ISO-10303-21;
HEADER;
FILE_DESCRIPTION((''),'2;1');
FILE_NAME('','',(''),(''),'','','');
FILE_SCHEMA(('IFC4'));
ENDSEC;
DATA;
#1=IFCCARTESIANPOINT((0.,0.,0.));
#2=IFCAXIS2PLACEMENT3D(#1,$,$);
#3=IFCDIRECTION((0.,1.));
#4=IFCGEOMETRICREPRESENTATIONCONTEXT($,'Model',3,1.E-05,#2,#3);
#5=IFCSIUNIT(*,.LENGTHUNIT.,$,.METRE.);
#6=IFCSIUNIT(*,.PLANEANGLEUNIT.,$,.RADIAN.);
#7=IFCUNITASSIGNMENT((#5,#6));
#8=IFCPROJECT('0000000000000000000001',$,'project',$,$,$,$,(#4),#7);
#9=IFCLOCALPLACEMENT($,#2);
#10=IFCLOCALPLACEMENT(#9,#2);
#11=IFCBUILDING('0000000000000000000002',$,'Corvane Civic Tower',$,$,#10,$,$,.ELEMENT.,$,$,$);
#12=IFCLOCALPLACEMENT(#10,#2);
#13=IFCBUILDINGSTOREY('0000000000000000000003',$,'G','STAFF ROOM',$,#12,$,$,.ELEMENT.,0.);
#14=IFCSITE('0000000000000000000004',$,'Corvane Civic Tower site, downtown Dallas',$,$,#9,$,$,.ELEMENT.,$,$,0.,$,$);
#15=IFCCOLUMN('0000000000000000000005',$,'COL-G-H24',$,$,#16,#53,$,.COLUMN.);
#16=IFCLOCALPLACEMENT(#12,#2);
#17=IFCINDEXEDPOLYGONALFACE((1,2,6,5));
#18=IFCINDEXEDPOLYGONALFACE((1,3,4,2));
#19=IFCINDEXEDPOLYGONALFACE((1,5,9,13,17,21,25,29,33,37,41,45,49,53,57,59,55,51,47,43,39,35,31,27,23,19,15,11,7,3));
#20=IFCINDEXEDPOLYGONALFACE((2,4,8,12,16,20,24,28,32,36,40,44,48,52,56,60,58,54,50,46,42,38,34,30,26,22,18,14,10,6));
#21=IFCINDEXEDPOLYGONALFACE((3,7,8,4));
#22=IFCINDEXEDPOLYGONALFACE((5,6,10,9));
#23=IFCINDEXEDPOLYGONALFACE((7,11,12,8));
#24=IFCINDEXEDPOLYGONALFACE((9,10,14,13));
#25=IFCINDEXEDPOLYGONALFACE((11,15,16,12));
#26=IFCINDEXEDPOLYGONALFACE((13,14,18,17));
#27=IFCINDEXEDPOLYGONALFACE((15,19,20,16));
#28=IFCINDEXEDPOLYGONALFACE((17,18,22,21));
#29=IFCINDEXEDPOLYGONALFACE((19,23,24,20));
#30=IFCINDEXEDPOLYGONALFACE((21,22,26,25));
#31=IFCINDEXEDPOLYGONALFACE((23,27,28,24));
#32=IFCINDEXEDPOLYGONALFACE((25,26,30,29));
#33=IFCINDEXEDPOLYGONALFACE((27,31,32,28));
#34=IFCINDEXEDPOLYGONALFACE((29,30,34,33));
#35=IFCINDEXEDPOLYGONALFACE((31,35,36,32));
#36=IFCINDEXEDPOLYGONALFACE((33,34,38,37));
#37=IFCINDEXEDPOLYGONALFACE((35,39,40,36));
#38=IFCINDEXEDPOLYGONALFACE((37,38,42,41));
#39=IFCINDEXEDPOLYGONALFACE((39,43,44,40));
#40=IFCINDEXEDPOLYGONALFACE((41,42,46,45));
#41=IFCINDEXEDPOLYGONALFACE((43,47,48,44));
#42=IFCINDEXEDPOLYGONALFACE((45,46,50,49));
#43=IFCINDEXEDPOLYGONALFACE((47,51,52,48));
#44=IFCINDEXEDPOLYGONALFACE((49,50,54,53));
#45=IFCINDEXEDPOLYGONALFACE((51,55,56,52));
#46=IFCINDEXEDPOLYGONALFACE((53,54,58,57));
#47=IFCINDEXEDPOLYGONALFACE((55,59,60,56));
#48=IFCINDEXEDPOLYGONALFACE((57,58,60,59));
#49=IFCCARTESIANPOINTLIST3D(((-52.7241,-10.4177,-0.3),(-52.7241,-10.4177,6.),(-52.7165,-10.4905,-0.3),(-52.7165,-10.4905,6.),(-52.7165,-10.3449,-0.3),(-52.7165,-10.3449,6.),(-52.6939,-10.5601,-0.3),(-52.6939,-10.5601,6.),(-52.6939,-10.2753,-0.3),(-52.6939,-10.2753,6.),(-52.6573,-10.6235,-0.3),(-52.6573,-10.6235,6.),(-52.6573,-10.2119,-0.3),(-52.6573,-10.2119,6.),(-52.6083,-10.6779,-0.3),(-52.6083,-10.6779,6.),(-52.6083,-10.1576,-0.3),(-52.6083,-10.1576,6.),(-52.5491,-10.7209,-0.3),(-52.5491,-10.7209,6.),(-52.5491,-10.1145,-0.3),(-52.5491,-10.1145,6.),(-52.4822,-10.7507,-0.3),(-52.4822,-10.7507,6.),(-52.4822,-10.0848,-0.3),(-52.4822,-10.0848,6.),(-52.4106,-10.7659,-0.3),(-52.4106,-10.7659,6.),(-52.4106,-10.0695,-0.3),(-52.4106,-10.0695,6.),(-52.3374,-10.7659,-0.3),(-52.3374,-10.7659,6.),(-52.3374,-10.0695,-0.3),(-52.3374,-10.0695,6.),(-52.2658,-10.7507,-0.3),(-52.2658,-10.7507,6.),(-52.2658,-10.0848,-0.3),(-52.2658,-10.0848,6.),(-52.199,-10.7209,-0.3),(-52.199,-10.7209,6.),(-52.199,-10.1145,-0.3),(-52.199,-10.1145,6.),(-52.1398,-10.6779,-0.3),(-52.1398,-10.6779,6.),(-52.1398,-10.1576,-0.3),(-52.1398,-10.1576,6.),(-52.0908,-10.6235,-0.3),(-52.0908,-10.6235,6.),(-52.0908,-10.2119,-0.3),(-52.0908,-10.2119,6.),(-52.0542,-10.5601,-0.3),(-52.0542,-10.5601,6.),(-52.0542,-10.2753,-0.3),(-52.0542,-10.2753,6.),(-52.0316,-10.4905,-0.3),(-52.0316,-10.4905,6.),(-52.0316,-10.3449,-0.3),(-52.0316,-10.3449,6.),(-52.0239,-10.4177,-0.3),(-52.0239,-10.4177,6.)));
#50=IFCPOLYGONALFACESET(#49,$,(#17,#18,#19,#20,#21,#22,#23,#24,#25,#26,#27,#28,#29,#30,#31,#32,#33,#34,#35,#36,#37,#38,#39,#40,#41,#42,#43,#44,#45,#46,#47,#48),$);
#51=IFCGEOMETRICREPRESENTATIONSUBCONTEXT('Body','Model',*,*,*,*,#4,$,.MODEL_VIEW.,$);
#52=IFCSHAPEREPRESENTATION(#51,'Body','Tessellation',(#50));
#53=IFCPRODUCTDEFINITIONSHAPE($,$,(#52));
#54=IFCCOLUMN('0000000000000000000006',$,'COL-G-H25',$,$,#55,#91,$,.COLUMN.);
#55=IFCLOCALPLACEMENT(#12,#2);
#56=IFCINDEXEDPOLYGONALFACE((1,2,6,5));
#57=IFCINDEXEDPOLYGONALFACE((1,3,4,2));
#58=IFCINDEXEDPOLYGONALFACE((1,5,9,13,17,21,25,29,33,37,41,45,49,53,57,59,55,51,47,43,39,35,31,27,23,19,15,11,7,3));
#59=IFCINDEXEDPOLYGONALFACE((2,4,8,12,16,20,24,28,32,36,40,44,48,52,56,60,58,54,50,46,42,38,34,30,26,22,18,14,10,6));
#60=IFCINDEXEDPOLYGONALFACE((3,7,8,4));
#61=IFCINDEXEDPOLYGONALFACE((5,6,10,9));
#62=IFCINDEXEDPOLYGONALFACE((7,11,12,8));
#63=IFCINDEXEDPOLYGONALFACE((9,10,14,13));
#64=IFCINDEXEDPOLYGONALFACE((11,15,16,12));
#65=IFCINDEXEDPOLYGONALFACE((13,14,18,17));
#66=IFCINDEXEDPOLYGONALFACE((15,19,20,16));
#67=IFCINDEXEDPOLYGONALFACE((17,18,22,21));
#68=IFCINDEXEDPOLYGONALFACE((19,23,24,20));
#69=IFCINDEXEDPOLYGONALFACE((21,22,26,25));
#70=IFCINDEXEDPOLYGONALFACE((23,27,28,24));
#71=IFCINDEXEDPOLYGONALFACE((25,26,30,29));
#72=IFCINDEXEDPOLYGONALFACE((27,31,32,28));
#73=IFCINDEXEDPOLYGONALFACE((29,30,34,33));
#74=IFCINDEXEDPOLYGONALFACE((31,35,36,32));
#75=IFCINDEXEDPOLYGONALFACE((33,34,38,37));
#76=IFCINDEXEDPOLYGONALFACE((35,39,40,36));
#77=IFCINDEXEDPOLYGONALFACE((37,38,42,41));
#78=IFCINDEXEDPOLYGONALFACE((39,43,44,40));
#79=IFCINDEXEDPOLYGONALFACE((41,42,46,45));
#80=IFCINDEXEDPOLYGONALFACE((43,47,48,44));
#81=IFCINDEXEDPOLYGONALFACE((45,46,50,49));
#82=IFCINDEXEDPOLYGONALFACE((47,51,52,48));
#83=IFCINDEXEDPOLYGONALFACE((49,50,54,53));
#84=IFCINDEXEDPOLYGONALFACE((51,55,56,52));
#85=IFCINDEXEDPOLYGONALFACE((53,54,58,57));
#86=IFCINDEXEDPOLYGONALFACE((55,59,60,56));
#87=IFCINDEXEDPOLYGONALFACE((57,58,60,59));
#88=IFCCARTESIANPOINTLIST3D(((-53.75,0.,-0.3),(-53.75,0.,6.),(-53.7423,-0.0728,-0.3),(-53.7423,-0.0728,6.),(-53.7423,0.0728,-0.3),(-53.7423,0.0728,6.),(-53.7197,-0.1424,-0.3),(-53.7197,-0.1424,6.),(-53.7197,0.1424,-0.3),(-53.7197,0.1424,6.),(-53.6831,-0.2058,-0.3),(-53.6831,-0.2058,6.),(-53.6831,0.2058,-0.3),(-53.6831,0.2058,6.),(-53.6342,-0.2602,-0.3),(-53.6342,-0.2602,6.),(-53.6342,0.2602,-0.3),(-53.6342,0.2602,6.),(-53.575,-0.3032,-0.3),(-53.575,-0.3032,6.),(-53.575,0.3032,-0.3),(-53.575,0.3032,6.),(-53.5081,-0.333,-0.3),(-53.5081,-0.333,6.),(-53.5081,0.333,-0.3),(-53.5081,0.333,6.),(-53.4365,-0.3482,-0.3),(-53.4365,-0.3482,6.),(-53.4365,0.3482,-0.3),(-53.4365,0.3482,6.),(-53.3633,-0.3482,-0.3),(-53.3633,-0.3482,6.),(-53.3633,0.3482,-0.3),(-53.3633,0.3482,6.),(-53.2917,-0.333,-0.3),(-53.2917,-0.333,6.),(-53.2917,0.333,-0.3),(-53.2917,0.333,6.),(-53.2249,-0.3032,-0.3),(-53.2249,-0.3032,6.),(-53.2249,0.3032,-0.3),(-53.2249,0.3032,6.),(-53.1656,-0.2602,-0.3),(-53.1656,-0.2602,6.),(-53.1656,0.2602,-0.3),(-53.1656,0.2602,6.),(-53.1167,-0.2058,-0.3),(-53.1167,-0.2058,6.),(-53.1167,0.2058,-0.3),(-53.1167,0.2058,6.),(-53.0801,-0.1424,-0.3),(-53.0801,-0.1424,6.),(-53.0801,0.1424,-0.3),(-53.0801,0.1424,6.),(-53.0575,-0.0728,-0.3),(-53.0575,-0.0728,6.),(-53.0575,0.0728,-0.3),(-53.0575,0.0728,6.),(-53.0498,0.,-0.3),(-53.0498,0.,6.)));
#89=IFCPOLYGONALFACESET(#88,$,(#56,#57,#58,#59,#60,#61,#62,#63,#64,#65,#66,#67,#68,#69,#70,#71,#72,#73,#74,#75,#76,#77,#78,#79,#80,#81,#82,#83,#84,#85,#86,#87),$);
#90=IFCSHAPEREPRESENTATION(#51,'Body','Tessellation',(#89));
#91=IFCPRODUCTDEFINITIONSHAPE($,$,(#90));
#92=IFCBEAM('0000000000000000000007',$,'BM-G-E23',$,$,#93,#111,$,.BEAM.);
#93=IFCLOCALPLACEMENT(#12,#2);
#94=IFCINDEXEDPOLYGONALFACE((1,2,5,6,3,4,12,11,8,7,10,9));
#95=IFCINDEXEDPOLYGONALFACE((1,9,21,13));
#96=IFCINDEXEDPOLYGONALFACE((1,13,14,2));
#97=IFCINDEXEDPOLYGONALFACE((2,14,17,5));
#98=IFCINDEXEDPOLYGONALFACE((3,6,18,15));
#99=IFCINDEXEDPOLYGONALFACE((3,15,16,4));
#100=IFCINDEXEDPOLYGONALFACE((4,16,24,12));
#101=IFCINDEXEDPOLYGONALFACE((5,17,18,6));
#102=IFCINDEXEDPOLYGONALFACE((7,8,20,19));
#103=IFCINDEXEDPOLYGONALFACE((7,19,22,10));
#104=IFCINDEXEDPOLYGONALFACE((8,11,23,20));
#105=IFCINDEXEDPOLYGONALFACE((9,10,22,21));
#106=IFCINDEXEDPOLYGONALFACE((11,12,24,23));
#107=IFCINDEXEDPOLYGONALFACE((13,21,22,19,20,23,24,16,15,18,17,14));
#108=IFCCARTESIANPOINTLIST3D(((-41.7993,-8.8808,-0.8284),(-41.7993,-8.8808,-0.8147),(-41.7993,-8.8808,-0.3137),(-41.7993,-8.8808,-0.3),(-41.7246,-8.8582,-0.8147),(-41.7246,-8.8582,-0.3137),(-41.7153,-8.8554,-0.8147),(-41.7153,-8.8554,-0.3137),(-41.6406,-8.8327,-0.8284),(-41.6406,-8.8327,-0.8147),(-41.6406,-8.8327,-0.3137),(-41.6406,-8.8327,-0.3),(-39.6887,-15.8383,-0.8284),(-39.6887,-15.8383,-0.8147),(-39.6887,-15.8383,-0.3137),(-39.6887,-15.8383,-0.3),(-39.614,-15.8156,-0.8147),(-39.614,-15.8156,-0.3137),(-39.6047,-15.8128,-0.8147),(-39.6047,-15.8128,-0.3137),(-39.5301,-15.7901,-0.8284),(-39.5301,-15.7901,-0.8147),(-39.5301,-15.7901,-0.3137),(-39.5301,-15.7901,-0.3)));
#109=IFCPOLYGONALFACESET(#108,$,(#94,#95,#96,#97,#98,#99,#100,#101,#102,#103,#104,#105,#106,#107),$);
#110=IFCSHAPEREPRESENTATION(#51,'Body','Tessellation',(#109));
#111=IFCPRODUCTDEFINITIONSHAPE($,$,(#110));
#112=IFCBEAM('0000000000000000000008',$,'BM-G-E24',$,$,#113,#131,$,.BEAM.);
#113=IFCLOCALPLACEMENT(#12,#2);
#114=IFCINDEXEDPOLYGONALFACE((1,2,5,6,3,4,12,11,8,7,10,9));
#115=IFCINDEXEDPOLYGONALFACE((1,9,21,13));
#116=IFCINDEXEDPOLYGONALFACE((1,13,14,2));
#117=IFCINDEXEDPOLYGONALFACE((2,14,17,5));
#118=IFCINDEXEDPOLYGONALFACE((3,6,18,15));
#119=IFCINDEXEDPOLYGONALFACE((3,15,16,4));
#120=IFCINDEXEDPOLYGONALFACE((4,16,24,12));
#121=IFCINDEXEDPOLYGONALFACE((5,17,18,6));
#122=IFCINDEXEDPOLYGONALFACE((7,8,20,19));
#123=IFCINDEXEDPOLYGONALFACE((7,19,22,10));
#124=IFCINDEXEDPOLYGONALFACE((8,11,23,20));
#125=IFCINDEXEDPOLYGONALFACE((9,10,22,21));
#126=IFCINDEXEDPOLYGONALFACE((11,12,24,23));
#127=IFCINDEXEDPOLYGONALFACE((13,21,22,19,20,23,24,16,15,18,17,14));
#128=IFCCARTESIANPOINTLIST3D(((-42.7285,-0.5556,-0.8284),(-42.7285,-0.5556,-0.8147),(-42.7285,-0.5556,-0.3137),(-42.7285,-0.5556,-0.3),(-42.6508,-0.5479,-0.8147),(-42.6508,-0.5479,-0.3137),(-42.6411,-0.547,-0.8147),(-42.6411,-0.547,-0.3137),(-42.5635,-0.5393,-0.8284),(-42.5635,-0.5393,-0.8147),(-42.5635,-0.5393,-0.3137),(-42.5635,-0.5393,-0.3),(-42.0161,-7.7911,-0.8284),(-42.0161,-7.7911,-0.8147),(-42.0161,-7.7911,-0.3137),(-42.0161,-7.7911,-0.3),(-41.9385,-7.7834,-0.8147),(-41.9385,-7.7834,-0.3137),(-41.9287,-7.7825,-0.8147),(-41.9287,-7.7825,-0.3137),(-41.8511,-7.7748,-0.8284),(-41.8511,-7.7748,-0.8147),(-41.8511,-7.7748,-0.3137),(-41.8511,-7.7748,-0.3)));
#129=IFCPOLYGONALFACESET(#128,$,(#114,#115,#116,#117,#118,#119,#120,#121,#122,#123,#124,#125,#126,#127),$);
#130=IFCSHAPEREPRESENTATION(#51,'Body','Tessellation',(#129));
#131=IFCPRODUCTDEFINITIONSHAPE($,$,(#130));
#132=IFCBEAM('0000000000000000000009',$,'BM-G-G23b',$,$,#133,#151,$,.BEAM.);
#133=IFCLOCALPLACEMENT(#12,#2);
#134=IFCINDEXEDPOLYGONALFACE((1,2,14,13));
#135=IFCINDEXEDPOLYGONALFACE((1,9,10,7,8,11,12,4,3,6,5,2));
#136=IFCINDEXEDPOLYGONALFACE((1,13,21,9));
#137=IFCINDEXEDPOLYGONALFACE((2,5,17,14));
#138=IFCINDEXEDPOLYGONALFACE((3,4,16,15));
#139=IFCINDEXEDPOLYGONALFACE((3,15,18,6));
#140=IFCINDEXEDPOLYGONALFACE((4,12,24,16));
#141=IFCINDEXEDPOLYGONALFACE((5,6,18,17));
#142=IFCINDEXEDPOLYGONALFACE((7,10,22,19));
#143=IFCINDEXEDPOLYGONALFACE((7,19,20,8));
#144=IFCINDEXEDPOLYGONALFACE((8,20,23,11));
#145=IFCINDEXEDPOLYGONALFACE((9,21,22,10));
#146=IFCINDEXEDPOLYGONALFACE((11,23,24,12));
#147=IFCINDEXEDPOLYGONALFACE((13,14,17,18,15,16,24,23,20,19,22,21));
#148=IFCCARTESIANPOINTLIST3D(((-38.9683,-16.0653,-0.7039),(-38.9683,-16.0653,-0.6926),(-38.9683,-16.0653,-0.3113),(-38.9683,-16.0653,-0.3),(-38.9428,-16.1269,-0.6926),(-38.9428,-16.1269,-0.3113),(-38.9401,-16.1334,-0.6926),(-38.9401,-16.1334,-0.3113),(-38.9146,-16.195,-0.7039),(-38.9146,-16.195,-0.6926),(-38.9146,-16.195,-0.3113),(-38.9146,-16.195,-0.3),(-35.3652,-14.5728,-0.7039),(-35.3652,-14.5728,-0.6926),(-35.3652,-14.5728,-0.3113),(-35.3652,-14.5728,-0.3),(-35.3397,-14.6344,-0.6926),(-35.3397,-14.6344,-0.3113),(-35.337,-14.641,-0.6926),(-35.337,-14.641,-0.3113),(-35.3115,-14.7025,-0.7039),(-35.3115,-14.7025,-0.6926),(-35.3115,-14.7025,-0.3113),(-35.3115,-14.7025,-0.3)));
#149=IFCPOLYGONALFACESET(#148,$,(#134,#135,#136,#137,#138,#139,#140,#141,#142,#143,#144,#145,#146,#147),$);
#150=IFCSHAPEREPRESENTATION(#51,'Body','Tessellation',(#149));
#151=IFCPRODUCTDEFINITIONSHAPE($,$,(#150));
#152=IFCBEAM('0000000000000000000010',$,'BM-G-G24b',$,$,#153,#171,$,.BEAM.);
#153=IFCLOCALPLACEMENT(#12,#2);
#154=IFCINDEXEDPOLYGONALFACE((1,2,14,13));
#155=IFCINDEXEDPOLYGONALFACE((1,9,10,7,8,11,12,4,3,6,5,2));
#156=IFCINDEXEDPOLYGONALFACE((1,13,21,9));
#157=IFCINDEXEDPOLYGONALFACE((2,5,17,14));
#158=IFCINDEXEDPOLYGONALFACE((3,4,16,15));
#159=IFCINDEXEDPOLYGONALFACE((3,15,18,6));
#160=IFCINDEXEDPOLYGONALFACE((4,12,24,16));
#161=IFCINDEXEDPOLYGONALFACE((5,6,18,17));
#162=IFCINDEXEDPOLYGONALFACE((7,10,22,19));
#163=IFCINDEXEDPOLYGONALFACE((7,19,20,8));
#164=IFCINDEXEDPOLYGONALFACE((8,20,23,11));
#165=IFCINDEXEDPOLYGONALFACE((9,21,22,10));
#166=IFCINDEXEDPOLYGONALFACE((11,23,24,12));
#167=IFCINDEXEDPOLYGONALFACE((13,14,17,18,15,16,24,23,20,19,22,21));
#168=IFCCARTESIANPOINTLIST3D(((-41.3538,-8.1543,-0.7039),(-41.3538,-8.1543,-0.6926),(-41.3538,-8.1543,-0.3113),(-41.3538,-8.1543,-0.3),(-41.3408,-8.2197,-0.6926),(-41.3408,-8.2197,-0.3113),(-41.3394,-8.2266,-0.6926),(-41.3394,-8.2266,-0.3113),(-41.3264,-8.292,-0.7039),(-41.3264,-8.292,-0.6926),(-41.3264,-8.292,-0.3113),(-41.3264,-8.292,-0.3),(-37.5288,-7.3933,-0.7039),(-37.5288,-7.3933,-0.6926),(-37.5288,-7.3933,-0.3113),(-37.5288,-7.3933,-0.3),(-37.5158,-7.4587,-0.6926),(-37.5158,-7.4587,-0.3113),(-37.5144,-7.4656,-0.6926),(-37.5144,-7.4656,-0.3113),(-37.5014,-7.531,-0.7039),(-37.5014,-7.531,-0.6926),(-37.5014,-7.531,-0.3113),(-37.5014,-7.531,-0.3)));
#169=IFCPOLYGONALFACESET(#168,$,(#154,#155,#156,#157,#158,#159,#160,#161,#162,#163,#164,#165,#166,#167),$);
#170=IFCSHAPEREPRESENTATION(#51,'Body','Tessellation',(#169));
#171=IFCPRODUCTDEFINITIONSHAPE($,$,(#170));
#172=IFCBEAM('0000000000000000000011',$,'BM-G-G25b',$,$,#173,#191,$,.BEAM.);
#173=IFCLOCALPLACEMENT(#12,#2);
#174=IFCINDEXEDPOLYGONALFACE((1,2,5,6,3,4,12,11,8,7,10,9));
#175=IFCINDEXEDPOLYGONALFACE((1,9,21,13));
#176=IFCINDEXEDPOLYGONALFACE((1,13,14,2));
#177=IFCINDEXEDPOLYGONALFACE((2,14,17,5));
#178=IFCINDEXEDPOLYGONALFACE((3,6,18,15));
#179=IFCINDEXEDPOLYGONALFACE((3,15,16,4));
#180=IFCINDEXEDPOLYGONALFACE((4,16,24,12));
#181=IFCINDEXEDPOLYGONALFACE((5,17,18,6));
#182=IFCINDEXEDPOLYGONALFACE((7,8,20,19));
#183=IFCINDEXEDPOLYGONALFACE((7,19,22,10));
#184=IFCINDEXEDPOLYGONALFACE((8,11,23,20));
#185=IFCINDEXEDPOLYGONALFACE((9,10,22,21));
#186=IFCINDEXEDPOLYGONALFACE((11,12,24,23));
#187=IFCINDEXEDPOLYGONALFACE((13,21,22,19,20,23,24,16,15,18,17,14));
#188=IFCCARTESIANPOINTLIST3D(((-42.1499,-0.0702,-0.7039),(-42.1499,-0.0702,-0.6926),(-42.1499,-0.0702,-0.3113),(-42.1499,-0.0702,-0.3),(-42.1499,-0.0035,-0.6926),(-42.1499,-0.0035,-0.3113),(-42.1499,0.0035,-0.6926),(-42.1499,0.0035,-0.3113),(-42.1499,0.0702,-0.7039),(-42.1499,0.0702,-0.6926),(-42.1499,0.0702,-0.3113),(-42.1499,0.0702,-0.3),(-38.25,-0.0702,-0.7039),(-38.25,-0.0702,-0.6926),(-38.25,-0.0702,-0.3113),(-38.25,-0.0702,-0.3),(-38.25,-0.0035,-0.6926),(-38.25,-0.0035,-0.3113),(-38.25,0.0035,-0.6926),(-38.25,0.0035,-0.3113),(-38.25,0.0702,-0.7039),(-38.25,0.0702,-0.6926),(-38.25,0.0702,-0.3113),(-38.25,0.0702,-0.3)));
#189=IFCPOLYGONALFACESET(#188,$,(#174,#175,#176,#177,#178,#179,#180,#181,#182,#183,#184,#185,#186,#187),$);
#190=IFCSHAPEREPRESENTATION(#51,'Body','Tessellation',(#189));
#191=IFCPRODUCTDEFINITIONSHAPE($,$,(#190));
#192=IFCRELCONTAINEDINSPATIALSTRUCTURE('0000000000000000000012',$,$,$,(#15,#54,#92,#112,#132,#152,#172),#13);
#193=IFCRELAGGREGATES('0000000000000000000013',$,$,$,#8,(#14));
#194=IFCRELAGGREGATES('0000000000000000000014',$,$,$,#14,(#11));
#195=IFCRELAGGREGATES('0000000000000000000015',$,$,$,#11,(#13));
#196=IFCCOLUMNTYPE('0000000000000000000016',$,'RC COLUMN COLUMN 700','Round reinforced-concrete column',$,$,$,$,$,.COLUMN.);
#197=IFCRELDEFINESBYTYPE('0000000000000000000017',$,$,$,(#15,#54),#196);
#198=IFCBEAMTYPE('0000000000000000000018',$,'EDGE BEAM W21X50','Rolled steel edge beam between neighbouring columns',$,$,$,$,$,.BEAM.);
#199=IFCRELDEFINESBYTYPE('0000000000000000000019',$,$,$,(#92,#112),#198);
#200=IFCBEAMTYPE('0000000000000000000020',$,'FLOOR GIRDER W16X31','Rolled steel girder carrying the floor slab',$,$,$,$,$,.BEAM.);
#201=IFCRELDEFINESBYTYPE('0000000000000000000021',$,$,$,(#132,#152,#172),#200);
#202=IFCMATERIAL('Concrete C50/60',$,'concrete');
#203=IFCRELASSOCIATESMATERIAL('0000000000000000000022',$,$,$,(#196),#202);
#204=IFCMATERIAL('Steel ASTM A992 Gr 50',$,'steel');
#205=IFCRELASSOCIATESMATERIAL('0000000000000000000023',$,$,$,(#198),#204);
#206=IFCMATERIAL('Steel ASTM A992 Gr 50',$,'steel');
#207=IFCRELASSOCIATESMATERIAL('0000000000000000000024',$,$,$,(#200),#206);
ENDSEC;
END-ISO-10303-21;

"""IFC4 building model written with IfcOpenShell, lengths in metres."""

from ifc_helpers import new_model, si_unit, direction, frame, origin, origin_2d, place, context, subcontext, project, spatial, circle, i_section, extrude, material, material_profile, profile_set, type_object, element, save


model = new_model("IFC4")

# Units and contexts
model_context = context("Model", 3, precision=1e-05, world=origin(), true_north=direction((0.0, 1.0)))
body_context = subcontext(model_context, "Body", "Model", "MODEL_VIEW")
ifc_project = project(units=[si_unit("LENGTHUNIT", "METRE"), si_unit("PLANEANGLEUNIT", "RADIAN")], contexts=[model_context])

# Site, building, storey
site_placement = place(None, origin())
site = spatial("IfcSite", under=ifc_project, at=site_placement, Name="Corvane Civic Tower site, downtown Dallas", CompositionType="ELEMENT", RefElevation=0.0)
building_placement = place(site_placement, origin())
building = spatial("IfcBuilding", under=site, at=building_placement, Name="Corvane Civic Tower", CompositionType="ELEMENT")
storey_placement = place(building_placement, origin())
storey = spatial("IfcBuildingStorey", under=building, at=storey_placement, Name="G", Description="STAFF ROOM", CompositionType="ELEMENT", Elevation=0.0)

# Columns
ifc_material_1 = material(Name="Concrete C50/60", Category="concrete")
ifc_material_profile_1 = material_profile(ifc_material_1, circle(Radius=0.3501, at=origin_2d()), Name="COLUMN 700")
ifc_profile_set_1 = profile_set([ifc_material_profile_1], Name="Concrete C50/60")
column_type_1 = type_object("IfcColumnType", Name="RC COLUMN COLUMN 700", Description="Round reinforced-concrete column", PredefinedType="COLUMN", material=ifc_profile_set_1)
for number, where, z_axis, x_axis, name in (
    (1, (-52.374, -10.4177, -0.3), (0.0, 0.0, 1.0), (1.0, 0.0, 0.0), "COL-G-H24"),
    (2, (-53.3999, 0.0, -0.3), (0.0, 0.0, 1.0), (1.0, 0.0, 0.0), "COL-G-H25"),
):
    element("IfcColumn", number, at=place(storey_placement, frame(where, z_axis=z_axis, x_axis=x_axis)), inside=storey, type_object=column_type_1, Name=name, PredefinedType="COLUMN", context=body_context, shape_type="SweptSolid", body=[
        extrude(circle(Radius=0.3501, at=origin_2d()), origin(), (0.0, 0.0, 1.0), 6.3),
    ])

# Beams
ifc_material_2 = material(Name="Steel ASTM A992 Gr 50", Category="steel")
ifc_material_profile_2 = material_profile(ifc_material_2, i_section(OverallWidth=0.1658, OverallDepth=0.5283, WebThickness=0.0098, FlangeThickness=0.0137, at=origin_2d()), Name="W21X50")
ifc_profile_set_2 = profile_set([ifc_material_profile_2], Name="Steel ASTM A992 Gr 50")
beam_type_1 = type_object("IfcBeamType", Name="EDGE BEAM W21X50", Description="Rolled steel edge beam between neighbouring columns", PredefinedType="BEAM", material=ifc_profile_set_2)
for number, where, z_axis, x_axis, name in (
    (3, (-39.6094, -15.8142, -0.5642), (-0.290292, 0.956938, 0.0), (-0.956938, -0.290292, 0.0), "BM-G-E23"),
    (4, (-41.9336, -7.783, -0.5642), (-0.097984, 0.995188, 0.0), (-0.995188, -0.097984, 0.0), "BM-G-E24"),
):
    element("IfcBeam", number, at=place(storey_placement, frame(where, z_axis=z_axis, x_axis=x_axis)), inside=storey, type_object=beam_type_1, Name=name, PredefinedType="BEAM", context=body_context, shape_type="SweptSolid", body=[
        extrude(i_section(OverallWidth=0.1658, OverallDepth=0.5283, WebThickness=0.0098, FlangeThickness=0.0137, at=origin_2d()), origin(), (0.0, 0.0, 1.0), 7.2705),
    ])
ifc_material_3 = material(Name="Steel ASTM A992 Gr 50", Category="steel")
ifc_material_profile_3 = material_profile(ifc_material_3, i_section(OverallWidth=0.1404, OverallDepth=0.4038, WebThickness=0.0071, FlangeThickness=0.0112, at=origin_2d()), Name="W16X31")
ifc_profile_set_3 = profile_set([ifc_material_profile_3], Name="Steel ASTM A992 Gr 50")
beam_type_2 = type_object("IfcBeamType", Name="FLOOR GIRDER W16X31", Description="Rolled steel girder carrying the floor slab", PredefinedType="BEAM", material=ifc_profile_set_3)
for number, where, z_axis, x_axis, name in (
    (5, (-35.3384, -14.6377, -0.502), (-0.923879, -0.382685, 0.0), (0.382685, -0.923879, 0.0), "BM-G-G23b"),
    (6, (-37.5151, -7.4622, -0.502), (-0.980778, -0.195129, 0.0), (0.195129, -0.980778, 0.0), "BM-G-G24b"),
    (7, (-38.25, 0.0, -0.502), (-1.0, 0.0, 0.0), (0.0, -1.0, 0.0), "BM-G-G25b"),
):
    element("IfcBeam", number, at=place(storey_placement, frame(where, z_axis=z_axis, x_axis=x_axis)), inside=storey, type_object=beam_type_2, Name=name, PredefinedType="BEAM", context=body_context, shape_type="SweptSolid", body=[
        extrude(i_section(OverallWidth=0.1404, OverallDepth=0.4038, WebThickness=0.0071, FlangeThickness=0.0112, at=origin_2d()), origin(), (0.0, 0.0, 1.0), 3.8999),
    ])

save(model, "model.ifc")
